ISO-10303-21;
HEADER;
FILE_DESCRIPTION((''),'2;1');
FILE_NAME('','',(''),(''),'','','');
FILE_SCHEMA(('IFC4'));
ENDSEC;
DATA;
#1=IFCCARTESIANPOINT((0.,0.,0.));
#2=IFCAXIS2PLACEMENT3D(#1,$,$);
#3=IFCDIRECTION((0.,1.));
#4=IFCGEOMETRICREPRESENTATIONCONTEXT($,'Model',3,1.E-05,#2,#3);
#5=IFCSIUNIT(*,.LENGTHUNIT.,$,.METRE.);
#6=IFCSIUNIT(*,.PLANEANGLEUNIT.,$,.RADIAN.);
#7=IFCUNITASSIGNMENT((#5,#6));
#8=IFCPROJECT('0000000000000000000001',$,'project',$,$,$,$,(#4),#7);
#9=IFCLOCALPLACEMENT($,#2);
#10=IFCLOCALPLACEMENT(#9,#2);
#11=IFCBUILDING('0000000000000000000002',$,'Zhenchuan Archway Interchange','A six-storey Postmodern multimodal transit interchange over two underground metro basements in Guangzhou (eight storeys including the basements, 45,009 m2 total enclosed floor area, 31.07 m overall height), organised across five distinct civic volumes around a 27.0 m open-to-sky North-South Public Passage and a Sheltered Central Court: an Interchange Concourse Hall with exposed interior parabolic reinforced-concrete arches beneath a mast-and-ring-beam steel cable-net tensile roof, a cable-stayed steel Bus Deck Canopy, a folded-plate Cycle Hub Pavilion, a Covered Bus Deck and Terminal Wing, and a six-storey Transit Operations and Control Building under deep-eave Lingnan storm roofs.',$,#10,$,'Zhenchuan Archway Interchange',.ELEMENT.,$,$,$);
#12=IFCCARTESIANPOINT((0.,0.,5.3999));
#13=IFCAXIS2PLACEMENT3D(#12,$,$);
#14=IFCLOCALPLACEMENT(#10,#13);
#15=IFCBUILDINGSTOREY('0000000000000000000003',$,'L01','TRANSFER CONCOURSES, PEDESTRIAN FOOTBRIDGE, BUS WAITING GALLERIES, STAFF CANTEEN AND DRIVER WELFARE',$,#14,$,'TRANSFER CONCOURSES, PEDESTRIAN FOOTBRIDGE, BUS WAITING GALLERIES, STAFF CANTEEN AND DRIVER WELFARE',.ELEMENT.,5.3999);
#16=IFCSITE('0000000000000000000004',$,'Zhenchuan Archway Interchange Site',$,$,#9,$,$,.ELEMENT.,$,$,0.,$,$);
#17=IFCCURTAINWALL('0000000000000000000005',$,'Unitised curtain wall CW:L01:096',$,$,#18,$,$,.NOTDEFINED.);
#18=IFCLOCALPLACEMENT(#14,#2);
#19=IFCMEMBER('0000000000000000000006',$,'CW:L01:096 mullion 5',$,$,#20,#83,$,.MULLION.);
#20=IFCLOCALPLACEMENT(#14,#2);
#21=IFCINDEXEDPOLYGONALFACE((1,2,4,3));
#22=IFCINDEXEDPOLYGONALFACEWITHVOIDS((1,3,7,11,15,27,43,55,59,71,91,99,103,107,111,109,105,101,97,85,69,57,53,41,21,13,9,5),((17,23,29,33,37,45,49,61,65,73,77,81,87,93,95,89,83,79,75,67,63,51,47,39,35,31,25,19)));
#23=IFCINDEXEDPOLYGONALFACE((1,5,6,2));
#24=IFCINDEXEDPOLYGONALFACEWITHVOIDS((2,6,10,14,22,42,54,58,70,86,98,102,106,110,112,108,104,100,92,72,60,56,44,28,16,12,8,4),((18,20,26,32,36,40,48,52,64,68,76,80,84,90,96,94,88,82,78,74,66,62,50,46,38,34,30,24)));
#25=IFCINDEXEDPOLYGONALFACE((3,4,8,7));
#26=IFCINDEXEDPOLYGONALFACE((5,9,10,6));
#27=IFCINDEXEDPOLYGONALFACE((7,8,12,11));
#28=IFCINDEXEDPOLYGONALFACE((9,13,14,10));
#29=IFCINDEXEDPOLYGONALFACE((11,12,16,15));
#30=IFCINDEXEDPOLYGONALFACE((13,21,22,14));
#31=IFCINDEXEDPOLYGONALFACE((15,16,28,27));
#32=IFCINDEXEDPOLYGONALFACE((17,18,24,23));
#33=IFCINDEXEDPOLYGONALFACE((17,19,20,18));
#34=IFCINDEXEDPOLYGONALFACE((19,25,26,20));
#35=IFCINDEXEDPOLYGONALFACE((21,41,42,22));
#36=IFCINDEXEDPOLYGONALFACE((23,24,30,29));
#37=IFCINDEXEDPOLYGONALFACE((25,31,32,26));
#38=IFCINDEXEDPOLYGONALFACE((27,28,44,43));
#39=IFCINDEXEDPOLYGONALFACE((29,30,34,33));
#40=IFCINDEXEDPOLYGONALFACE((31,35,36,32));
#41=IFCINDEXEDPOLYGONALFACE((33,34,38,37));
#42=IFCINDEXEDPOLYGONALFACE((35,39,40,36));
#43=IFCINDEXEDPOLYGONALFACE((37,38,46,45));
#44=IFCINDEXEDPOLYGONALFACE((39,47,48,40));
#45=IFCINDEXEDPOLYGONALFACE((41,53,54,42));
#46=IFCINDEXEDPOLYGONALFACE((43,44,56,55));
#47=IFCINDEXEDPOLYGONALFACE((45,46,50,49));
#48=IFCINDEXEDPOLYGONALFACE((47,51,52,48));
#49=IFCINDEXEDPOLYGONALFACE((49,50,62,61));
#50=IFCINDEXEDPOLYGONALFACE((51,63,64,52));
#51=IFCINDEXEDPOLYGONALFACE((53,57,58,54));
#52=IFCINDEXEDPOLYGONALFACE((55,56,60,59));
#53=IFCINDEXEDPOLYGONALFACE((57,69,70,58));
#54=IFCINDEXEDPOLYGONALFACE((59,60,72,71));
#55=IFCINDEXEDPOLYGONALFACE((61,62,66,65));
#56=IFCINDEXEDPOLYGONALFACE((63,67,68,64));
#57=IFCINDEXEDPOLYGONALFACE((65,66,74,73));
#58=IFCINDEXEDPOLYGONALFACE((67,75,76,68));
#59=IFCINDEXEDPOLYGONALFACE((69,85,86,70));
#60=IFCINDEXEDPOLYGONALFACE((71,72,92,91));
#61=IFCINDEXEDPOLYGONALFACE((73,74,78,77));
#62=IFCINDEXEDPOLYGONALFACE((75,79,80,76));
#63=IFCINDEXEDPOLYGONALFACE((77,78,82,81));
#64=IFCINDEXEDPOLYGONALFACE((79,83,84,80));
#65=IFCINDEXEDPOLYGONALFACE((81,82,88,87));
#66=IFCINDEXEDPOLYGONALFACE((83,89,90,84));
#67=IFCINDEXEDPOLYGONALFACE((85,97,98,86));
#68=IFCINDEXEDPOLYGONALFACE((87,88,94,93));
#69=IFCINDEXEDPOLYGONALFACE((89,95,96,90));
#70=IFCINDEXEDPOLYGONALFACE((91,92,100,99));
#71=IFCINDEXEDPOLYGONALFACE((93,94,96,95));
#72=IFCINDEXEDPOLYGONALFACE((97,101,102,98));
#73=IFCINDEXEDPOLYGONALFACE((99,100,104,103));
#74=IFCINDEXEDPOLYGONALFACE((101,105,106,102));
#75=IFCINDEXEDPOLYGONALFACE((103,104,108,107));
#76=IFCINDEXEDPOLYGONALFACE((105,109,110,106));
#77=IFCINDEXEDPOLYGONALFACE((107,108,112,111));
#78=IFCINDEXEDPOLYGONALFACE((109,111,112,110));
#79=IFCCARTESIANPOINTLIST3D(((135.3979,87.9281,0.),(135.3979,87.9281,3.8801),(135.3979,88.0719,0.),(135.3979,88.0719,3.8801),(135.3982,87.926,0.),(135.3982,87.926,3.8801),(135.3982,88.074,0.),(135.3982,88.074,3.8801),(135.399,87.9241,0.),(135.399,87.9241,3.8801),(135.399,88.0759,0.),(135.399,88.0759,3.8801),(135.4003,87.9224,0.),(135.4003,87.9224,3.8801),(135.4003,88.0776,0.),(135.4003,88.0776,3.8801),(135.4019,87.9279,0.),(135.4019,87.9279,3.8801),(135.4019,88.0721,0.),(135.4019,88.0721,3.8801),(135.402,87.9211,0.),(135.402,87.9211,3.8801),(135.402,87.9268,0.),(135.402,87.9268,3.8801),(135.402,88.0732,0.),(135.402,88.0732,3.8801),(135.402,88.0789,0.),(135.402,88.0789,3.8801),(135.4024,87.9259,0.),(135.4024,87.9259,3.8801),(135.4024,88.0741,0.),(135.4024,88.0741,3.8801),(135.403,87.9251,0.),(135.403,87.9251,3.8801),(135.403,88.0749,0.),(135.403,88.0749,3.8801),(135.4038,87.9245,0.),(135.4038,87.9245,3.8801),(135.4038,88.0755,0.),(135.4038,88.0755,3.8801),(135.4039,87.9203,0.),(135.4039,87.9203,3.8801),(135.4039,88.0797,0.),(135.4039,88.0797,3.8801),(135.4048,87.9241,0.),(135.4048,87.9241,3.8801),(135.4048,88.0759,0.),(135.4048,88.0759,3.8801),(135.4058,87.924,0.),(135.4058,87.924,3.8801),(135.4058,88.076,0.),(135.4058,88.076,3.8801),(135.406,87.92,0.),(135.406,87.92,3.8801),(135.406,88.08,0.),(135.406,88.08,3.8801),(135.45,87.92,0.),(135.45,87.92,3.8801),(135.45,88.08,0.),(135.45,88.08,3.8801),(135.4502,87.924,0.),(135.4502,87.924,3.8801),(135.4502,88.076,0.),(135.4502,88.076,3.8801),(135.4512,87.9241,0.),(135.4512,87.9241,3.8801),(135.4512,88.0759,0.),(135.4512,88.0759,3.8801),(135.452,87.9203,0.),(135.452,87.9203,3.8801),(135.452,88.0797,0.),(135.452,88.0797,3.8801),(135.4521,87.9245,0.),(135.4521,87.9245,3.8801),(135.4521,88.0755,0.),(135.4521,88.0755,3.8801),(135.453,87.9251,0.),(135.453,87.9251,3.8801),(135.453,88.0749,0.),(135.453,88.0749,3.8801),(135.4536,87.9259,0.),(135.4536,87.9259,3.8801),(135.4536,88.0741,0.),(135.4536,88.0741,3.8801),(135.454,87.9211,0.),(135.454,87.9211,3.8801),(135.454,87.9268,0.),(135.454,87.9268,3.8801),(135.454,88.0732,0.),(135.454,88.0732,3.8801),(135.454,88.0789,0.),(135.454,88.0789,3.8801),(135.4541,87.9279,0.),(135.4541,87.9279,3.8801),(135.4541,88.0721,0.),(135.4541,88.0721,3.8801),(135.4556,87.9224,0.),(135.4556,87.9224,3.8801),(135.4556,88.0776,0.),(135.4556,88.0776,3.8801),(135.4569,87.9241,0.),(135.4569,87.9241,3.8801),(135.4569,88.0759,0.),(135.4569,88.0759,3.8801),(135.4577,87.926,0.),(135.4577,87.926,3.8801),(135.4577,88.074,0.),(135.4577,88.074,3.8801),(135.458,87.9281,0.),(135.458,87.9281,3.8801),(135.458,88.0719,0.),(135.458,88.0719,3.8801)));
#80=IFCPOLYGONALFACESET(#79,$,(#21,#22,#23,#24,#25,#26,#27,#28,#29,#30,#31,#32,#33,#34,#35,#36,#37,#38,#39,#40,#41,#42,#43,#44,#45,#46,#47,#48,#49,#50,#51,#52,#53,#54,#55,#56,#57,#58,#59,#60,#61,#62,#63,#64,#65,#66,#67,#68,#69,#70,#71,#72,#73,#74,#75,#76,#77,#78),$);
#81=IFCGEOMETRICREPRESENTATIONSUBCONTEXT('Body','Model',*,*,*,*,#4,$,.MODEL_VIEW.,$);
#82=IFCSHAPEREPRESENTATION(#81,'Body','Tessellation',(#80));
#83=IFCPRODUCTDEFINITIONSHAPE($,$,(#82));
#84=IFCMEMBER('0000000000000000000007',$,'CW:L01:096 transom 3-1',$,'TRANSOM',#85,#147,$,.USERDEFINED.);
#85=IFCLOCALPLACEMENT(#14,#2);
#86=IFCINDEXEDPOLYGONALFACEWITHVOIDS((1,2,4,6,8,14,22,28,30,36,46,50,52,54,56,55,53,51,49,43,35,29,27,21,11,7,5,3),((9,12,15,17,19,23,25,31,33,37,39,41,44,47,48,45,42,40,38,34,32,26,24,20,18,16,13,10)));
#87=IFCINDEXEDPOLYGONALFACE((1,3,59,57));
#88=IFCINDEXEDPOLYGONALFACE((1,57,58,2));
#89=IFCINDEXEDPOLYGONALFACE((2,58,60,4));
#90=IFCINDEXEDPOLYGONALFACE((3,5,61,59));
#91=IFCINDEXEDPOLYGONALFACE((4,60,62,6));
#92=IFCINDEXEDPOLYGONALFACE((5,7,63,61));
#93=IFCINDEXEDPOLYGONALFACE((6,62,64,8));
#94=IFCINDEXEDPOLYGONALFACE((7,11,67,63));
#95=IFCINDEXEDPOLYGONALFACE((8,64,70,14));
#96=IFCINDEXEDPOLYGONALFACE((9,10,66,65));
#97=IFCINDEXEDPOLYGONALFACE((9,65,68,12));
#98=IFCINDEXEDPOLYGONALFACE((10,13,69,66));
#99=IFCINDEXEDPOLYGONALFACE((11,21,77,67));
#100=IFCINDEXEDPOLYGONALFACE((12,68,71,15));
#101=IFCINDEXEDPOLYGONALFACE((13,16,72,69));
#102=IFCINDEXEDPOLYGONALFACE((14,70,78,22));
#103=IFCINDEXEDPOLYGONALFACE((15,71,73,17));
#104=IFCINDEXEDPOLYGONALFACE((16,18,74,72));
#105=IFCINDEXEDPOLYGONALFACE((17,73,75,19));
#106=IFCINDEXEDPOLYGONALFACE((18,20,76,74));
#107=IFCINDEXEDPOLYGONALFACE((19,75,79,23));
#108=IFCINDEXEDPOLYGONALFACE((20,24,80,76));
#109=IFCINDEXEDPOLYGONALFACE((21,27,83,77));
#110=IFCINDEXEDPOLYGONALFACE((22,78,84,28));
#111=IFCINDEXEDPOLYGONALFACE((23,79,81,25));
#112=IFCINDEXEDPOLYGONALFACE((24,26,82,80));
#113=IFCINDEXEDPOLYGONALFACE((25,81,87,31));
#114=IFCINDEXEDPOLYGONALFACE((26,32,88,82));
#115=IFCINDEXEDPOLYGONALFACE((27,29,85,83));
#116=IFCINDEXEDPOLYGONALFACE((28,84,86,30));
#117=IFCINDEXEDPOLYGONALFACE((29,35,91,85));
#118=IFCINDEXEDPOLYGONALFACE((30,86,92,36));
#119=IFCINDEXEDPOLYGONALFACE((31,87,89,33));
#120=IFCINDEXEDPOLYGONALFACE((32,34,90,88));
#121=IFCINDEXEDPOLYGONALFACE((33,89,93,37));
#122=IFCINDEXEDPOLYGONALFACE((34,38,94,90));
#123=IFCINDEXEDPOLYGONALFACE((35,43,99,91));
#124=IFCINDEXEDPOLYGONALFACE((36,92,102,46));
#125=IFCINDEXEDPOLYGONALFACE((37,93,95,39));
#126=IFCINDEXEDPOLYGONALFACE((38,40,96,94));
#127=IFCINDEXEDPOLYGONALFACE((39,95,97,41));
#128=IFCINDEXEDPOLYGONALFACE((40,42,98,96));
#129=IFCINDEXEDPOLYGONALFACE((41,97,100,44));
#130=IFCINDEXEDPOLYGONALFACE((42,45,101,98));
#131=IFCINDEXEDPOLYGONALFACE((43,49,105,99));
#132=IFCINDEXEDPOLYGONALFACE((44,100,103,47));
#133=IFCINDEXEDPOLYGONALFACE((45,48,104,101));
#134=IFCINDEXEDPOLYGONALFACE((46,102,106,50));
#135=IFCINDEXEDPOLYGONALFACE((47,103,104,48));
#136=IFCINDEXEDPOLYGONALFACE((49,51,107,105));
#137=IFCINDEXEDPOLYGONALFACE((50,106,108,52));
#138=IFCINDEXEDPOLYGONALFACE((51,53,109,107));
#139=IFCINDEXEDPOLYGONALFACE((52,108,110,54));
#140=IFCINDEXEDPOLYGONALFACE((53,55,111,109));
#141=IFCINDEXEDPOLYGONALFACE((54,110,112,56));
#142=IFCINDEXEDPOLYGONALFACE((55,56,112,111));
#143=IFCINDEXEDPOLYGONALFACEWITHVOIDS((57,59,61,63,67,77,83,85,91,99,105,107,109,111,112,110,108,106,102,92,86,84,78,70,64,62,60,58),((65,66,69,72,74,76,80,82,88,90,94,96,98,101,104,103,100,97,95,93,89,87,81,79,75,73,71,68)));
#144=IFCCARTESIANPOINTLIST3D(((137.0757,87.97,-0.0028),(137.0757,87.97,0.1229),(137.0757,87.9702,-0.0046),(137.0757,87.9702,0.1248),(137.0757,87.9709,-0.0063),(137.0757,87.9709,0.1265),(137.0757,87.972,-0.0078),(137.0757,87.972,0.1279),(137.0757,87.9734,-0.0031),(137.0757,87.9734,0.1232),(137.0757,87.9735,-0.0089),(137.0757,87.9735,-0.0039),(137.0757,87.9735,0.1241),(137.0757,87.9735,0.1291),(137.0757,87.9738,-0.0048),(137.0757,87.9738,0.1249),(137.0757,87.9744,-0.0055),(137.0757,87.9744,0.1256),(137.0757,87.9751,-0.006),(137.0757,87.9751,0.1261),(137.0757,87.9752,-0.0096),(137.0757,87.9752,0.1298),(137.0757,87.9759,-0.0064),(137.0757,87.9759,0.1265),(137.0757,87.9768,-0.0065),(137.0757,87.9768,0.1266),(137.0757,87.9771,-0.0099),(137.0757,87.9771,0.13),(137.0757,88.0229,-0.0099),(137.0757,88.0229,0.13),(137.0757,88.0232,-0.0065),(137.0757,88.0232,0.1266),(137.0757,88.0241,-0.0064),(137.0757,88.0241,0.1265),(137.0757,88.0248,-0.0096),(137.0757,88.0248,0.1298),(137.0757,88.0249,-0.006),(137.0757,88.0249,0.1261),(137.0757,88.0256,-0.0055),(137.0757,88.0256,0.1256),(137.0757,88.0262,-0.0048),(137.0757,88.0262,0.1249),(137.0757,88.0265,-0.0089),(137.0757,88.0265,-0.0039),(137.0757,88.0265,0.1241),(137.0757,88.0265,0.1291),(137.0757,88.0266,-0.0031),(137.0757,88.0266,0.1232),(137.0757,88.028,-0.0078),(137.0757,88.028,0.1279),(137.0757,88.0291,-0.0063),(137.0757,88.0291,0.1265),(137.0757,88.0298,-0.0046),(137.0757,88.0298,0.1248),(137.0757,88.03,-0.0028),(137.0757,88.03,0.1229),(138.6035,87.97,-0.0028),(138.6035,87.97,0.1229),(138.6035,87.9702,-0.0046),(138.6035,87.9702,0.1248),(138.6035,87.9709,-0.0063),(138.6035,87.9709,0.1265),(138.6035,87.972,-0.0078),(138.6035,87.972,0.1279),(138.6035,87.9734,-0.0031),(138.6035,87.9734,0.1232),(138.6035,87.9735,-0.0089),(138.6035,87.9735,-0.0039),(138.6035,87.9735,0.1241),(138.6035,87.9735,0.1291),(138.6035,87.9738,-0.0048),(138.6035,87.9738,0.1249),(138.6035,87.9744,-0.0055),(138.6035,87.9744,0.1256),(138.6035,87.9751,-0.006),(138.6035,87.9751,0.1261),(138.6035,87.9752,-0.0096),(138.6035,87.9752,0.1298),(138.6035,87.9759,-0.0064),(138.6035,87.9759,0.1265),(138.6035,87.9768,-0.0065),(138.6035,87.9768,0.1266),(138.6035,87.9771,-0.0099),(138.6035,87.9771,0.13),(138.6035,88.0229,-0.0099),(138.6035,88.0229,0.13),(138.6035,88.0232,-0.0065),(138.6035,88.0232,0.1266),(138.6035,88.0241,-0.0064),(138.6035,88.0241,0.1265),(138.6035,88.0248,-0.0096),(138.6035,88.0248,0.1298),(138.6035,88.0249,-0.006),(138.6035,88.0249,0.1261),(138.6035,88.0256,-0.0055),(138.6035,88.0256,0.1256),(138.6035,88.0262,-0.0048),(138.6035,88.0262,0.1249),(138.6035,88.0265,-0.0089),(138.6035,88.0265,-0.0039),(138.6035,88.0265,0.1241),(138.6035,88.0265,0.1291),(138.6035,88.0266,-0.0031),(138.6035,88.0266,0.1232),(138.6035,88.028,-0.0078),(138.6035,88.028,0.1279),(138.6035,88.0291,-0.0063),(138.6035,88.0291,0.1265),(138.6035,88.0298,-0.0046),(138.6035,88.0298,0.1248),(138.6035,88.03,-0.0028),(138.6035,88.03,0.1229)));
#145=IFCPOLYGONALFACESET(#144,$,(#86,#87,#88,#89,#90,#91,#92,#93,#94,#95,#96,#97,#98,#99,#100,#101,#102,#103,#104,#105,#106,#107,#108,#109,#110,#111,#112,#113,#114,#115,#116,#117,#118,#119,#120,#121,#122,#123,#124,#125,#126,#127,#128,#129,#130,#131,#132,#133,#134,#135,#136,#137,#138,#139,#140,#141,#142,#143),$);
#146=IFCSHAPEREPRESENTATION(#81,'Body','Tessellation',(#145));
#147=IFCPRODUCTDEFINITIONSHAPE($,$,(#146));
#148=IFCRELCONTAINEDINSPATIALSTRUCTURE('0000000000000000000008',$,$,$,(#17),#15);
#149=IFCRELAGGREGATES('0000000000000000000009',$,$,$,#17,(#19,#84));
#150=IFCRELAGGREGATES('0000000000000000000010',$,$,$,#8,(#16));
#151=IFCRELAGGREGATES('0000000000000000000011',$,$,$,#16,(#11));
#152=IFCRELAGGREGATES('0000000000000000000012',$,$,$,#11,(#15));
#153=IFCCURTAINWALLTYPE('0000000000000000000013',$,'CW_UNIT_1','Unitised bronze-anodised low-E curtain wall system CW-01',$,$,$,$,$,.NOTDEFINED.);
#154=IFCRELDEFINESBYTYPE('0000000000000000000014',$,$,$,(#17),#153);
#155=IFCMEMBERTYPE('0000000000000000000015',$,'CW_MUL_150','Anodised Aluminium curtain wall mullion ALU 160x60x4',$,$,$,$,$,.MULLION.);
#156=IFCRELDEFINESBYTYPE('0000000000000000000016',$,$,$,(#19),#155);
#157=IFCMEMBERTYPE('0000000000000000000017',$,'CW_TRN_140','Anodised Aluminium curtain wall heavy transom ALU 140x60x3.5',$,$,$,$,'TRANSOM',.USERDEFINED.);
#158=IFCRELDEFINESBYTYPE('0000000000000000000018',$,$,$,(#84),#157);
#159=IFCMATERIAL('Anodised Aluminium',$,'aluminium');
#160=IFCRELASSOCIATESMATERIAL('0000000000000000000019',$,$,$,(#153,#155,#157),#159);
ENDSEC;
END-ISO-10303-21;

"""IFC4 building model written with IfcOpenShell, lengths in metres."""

from ifc_helpers import new_model, si_unit, direction, frame, origin, origin_2d, place, context, subcontext, project, spatial, hollow_rectangle, extrude, material, material_profile, profile_set, type_object, element, aggregate, save


model = new_model("IFC4")

# Units and contexts
model_context = context("Model", 3, precision=1e-05, world=origin(), true_north=direction((0.0, 1.0)))
body_context = subcontext(model_context, "Body", "Model", "MODEL_VIEW")
ifc_project = project(units=[si_unit("LENGTHUNIT", "METRE"), si_unit("PLANEANGLEUNIT", "RADIAN")], contexts=[model_context])

# Site, building, storey
site_placement = place(None, origin())
site = spatial("IfcSite", under=ifc_project, at=site_placement, Name="Zhenchuan Archway Interchange Site", CompositionType="ELEMENT", RefElevation=0.0)
building_placement = place(site_placement, origin())
building = spatial("IfcBuilding", under=site, at=building_placement, Name="Zhenchuan Archway Interchange", Description="A six-storey Postmodern multimodal transit interchange over two underground metro basements in Guangzhou (eight storeys including the basements, 45,009 m2 total enclosed floor area, 31.07 m overall height), organised across five distinct civic volumes around a 27.0 m open-to-sky North-South Public Passage and a Sheltered Central Court: an Interchange Concourse Hall with exposed interior parabolic reinforced-concrete arches beneath a mast-and-ring-beam steel cable-net tensile roof, a cable-stayed steel Bus Deck Canopy, a folded-plate Cycle Hub Pavilion, a Covered Bus Deck and Terminal Wing, and a six-storey Transit Operations and Control Building under deep-eave Lingnan storm roofs.", LongName="Zhenchuan Archway Interchange", CompositionType="ELEMENT")
storey_placement = place(building_placement, frame((0.0, 0.0, 5.3999)))
storey = spatial("IfcBuildingStorey", under=building, at=storey_placement, Name="L01", Description="TRANSFER CONCOURSES, PEDESTRIAN FOOTBRIDGE, BUS WAITING GALLERIES, STAFF CANTEEN AND DRIVER WELFARE", LongName="TRANSFER CONCOURSES, PEDESTRIAN FOOTBRIDGE, BUS WAITING GALLERIES, STAFF CANTEEN AND DRIVER WELFARE", CompositionType="ELEMENT", Elevation=5.3999)

# Curtain wall, members
ifc_material_1 = material(Name="Anodised Aluminium", Category="aluminium")
curtain_wall_type = type_object("IfcCurtainWallType", Name="CW_UNIT_1", Description="Unitised bronze-anodised low-E curtain wall system CW-01", PredefinedType="NOTDEFINED", material=ifc_material_1)
curtain_wall_placement = place(storey_placement, origin())
curtain_wall = element("IfcCurtainWall", 1, at=curtain_wall_placement, inside=storey, type_object=curtain_wall_type, Name="Unitised curtain wall CW:L01:096", PredefinedType="NOTDEFINED")
ifc_material_profile_1 = material_profile(ifc_material_1, hollow_rectangle(XDim=0.0601, YDim=0.1599, WallThickness=0.0039, InnerFilletRadius=0.0039, OuterFilletRadius=0.0081, at=origin_2d()), Name="ALU 160x60x4")
ifc_profile_set_1 = profile_set([ifc_material_profile_1], Name="Anodised Aluminium")
member_type_1 = type_object("IfcMemberType", Name="CW_MUL_150", Description="Anodised Aluminium curtain wall mullion ALU 160x60x4", PredefinedType="MULLION", material=ifc_profile_set_1)
member_1_placement = place(storey_placement, frame((135.428, 88.0, 0.0), z_axis=(0.0, 0.0, 1.0), x_axis=(1.0, 0.0, 0.0)))
member_1 = element("IfcMember", 2, at=member_1_placement, type_object=member_type_1, Name="CW:L01:096 mullion 5", PredefinedType="MULLION", context=body_context, shape_type="SweptSolid", body=[
    extrude(hollow_rectangle(XDim=0.0601, YDim=0.1599, WallThickness=0.0039, InnerFilletRadius=0.0039, OuterFilletRadius=0.0081, at=origin_2d()), origin(), (0.0, 0.0, 1.0), 3.8801),
])
ifc_material_profile_2 = material_profile(ifc_material_1, hollow_rectangle(XDim=0.0601, YDim=0.1399, WallThickness=0.0034, InnerFilletRadius=0.0034, OuterFilletRadius=0.0071, at=origin_2d()), Name="ALU 140x60x3.5")
ifc_profile_set_2 = profile_set([ifc_material_profile_2], Name="Anodised Aluminium")
member_type_2 = type_object("IfcMemberType", Name="CW_TRN_140", Description="Anodised Aluminium curtain wall heavy transom ALU 140x60x3.5", ElementType="TRANSOM", PredefinedType="USERDEFINED", material=ifc_profile_set_2)
member_2_placement = place(storey_placement, frame((138.6035, 88.0, 0.0601), z_axis=(-1.0, 0.0, 0.0), x_axis=(0.0, -1.0, 0.0)))
member_2 = element("IfcMember", 3, at=member_2_placement, type_object=member_type_2, Name="CW:L01:096 transom 3-1", ObjectType="TRANSOM", PredefinedType="USERDEFINED", context=body_context, shape_type="SweptSolid", body=[
    extrude(hollow_rectangle(XDim=0.0601, YDim=0.1399, WallThickness=0.0034, InnerFilletRadius=0.0034, OuterFilletRadius=0.0071, at=origin_2d()), origin(), (0.0, 0.0, 1.0), 1.5278),
])

aggregate(curtain_wall, [member_1, member_2])

save(model, "model.ifc")
